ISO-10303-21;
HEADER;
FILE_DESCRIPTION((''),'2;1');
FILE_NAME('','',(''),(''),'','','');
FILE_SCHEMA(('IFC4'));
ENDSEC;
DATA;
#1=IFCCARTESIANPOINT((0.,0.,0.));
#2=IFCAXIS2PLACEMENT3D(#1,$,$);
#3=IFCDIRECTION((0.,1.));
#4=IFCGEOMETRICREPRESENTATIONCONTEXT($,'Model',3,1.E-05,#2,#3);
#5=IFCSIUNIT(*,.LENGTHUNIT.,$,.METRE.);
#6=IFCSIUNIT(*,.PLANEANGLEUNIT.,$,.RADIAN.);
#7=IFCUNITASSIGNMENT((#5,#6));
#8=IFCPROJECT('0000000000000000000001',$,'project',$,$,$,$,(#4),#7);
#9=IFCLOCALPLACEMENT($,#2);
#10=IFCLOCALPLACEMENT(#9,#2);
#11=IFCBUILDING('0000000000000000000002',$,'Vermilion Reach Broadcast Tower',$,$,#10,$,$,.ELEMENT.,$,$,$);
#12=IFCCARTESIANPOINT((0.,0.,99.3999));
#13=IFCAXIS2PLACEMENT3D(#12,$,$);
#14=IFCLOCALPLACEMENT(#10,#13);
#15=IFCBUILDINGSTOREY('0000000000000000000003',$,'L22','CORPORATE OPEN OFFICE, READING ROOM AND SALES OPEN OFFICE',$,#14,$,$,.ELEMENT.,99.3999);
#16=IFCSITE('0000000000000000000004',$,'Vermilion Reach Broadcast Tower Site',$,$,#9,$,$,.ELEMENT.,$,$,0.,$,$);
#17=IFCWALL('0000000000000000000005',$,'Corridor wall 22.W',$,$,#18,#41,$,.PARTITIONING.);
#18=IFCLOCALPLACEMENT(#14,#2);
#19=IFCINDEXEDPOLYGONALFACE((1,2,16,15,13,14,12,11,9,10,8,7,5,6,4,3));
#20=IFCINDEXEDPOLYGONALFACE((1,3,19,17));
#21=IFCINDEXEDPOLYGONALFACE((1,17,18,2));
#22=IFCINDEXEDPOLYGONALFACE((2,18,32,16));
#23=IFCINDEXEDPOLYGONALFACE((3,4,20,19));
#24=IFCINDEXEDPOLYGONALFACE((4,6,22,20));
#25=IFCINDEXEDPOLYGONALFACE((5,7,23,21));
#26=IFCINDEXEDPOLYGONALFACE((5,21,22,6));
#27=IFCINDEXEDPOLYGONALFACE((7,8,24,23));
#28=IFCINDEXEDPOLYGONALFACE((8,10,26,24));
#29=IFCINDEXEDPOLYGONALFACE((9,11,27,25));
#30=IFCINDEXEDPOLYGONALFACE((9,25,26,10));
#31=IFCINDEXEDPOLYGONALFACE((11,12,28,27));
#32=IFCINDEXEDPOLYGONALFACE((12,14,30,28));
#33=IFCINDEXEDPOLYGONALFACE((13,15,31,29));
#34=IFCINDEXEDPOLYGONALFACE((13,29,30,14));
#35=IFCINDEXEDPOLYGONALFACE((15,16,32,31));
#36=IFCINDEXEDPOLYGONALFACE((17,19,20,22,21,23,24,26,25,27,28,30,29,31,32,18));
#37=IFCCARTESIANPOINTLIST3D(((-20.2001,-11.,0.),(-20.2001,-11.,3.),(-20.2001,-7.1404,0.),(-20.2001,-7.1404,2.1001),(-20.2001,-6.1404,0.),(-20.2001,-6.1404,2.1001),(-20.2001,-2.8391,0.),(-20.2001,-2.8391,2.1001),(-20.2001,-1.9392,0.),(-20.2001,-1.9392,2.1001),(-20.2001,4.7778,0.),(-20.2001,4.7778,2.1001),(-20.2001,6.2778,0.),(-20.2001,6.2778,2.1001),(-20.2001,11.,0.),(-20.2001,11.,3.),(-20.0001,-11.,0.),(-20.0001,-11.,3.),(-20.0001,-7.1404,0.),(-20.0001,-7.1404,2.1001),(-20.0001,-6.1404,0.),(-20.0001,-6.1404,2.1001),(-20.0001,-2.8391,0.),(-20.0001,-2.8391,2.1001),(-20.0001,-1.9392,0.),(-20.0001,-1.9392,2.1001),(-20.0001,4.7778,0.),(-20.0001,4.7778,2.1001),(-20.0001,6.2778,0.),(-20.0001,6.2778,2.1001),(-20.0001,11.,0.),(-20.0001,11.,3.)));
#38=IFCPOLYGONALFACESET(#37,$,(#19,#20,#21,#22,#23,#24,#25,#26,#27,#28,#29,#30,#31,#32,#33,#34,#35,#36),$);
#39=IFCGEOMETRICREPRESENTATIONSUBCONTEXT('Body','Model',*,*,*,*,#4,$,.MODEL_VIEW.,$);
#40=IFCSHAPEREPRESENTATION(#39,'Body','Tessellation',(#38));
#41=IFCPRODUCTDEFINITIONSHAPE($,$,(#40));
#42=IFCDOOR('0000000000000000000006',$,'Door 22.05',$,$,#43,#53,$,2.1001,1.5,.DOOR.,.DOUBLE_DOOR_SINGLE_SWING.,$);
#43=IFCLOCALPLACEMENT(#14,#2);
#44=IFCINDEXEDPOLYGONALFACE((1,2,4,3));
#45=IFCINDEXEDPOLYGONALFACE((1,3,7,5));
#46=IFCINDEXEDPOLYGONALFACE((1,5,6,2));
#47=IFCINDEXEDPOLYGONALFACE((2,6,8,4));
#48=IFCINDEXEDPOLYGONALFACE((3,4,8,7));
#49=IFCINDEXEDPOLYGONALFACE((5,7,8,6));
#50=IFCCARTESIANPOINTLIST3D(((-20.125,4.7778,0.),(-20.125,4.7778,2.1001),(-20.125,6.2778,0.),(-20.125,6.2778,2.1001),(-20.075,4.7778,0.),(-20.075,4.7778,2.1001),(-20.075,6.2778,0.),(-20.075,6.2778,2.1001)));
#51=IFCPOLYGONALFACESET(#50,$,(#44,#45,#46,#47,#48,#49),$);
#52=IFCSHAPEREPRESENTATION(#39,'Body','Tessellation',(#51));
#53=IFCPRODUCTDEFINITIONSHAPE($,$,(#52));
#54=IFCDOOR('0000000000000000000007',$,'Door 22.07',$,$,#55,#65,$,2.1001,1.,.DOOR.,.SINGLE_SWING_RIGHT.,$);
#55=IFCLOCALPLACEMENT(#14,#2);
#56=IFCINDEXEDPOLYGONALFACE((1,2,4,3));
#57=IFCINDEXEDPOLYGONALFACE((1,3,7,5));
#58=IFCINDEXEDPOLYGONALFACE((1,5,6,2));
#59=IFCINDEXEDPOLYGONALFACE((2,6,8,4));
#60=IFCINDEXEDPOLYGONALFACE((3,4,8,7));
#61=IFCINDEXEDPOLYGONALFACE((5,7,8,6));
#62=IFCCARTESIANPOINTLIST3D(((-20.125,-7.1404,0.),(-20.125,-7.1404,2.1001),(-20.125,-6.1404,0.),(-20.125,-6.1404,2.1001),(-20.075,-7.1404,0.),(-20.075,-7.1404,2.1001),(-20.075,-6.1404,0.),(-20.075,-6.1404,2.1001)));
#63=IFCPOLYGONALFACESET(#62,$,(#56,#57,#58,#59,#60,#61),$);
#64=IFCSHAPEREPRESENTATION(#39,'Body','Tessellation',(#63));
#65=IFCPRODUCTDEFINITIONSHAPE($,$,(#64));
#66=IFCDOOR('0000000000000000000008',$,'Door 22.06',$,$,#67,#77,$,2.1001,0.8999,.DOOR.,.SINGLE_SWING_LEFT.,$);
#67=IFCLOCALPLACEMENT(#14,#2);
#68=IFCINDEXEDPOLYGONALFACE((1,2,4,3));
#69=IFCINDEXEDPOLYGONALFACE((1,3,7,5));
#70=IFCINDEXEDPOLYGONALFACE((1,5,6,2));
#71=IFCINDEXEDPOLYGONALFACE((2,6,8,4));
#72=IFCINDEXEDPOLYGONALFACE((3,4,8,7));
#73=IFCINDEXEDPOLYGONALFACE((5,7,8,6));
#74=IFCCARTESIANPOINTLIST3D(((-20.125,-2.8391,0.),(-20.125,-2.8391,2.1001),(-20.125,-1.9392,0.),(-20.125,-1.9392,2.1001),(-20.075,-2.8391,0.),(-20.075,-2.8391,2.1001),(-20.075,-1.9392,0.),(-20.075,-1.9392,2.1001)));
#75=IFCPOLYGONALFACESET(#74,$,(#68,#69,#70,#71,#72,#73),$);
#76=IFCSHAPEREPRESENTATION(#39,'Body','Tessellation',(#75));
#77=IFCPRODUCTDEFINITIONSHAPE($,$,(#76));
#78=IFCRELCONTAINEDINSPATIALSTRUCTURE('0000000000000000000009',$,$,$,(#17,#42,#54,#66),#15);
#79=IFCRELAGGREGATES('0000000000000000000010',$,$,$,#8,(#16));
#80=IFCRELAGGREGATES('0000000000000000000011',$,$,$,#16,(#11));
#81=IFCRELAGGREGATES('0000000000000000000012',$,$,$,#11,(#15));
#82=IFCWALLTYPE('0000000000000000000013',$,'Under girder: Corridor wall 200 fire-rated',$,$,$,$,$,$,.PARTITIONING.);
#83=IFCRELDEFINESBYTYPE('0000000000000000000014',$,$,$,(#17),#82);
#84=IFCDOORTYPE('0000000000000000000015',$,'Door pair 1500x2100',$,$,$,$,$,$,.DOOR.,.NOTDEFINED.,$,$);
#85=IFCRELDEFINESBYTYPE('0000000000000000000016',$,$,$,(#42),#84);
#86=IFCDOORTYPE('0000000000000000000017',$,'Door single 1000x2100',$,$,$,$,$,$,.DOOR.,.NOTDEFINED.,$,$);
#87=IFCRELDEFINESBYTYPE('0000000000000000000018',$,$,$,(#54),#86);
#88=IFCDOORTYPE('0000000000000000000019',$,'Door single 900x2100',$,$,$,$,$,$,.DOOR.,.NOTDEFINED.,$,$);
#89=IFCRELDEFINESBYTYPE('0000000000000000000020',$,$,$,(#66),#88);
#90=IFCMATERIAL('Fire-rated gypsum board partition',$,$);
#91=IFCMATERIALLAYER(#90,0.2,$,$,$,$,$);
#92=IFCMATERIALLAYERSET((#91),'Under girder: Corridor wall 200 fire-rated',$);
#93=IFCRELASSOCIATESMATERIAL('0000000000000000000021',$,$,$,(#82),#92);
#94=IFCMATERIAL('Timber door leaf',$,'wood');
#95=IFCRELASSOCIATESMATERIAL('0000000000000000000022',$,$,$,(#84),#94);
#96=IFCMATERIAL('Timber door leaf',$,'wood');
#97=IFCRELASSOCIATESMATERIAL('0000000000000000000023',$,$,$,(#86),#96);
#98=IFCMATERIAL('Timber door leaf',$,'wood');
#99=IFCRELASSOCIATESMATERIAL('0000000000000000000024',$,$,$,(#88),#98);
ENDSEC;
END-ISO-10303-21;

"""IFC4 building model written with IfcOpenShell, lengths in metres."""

from ifc_helpers import new_model, si_unit, direction, frame, frame_2d, origin, place, context, subcontext, project, spatial, rectangle, extrude, material, layer, layer_set, type_object, element, fill, save


model = new_model("IFC4")

# Units and contexts
model_context = context("Model", 3, precision=1e-05, world=origin(), true_north=direction((0.0, 1.0)))
body_context = subcontext(model_context, "Body", "Model", "MODEL_VIEW")
ifc_project = project(units=[si_unit("LENGTHUNIT", "METRE"), si_unit("PLANEANGLEUNIT", "RADIAN")], contexts=[model_context])

# Site, building, storey
site_placement = place(None, origin())
site = spatial("IfcSite", under=ifc_project, at=site_placement, Name="Vermilion Reach Broadcast Tower Site", CompositionType="ELEMENT", RefElevation=0.0)
building_placement = place(site_placement, origin())
building = spatial("IfcBuilding", under=site, at=building_placement, Name="Vermilion Reach Broadcast Tower", CompositionType="ELEMENT")
storey_placement = place(building_placement, frame((0.0, 0.0, 99.3999)))
storey = spatial("IfcBuildingStorey", under=building, at=storey_placement, Name="L22", Description="CORPORATE OPEN OFFICE, READING ROOM AND SALES OPEN OFFICE", CompositionType="ELEMENT", Elevation=99.3999)

# Wall, openings, doors
ifc_material_1 = material(Name="Fire-rated gypsum board partition")
ifc_layer_1 = layer(ifc_material_1, 0.2)
ifc_layer_set_1 = layer_set([ifc_layer_1], Name="Under girder: Corridor wall 200 fire-rated")
wall_type_1 = type_object("IfcWallType", Name="Under girder: Corridor wall 200 fire-rated", PredefinedType="PARTITIONING", material=ifc_layer_set_1)
wall_1_placement = place(storey_placement, frame((-20.1001, -11.0, 0.0), z_axis=(0.0, 0.0, 1.0), x_axis=(0.0, 1.0, 0.0)))
wall_1 = element("IfcWall", 1, at=wall_1_placement, inside=storey, type_object=wall_type_1, Name="Corridor wall 22.W", PredefinedType="PARTITIONING", context=body_context, shape_type="SweptSolid", body=[
    extrude(rectangle(XDim=22.0, YDim=0.2, at=frame_2d((11.0, 0.0))), origin(), (0.0, 0.0, 1.0), 3.0),
])
opening_1_placement = place(wall_1_placement, frame((15.7778, 0.0, 0.0)))
opening_1 = element("IfcOpeningElement", 2, at=opening_1_placement, cuts=wall_1, PredefinedType="OPENING", context=body_context, shape_type="SweptSolid", body=[
    extrude(rectangle(XDim=1.5, YDim=2.1001, at=frame_2d((0.75, 1.05))), frame((0.0, 0.1099, 0.0), z_axis=(0.0, -1.0, 0.0), x_axis=(1.0, 0.0, 0.0)), (0.0, 0.0, 1.0), 0.22),
])
opening_2_placement = place(wall_1_placement, frame((8.1609, 0.0, 0.0)))
opening_2 = element("IfcOpeningElement", 3, at=opening_2_placement, cuts=wall_1, PredefinedType="OPENING", context=body_context, shape_type="SweptSolid", body=[
    extrude(rectangle(XDim=0.8999, YDim=2.1001, at=frame_2d((0.45, 1.05))), frame((0.0, 0.1099, 0.0), z_axis=(0.0, -1.0, 0.0), x_axis=(1.0, 0.0, 0.0)), (0.0, 0.0, 1.0), 0.22),
])
opening_3_placement = place(wall_1_placement, frame((3.8596, 0.0, 0.0)))
opening_3 = element("IfcOpeningElement", 4, at=opening_3_placement, cuts=wall_1, PredefinedType="OPENING", context=body_context, shape_type="SweptSolid", body=[
    extrude(rectangle(XDim=1.0, YDim=2.1001, at=frame_2d((0.5, 1.05))), frame((0.0, 0.1099, 0.0), z_axis=(0.0, -1.0, 0.0), x_axis=(1.0, 0.0, 0.0)), (0.0, 0.0, 1.0), 0.22),
])
ifc_material_2 = material(Name="Timber door leaf", Category="wood")
door_type_1 = type_object("IfcDoorType", Name="Door pair 1500x2100", OperationType="NOTDEFINED", PredefinedType="DOOR", material=ifc_material_2)
door_1_placement = place(opening_1_placement, origin())
door_1 = element("IfcDoor", 5, at=door_1_placement, inside=storey, type_object=door_type_1, Name="Door 22.05", OperationType="DOUBLE_DOOR_SINGLE_SWING", OverallHeight=2.1001, OverallWidth=1.5, PredefinedType="DOOR", context=body_context, shape_type="SweptSolid", body=[
    extrude(rectangle(XDim=1.5, YDim=2.1001, at=frame_2d((0.75, 1.05))), frame((0.0, 0.0249, 0.0), z_axis=(0.0, -1.0, 0.0), x_axis=(1.0, 0.0, 0.0)), (0.0, 0.0, 1.0), 0.05),
])
fill(opening_1, door_1)
ifc_material_3 = material(Name="Timber door leaf", Category="wood")
door_type_2 = type_object("IfcDoorType", Name="Door single 1000x2100", OperationType="NOTDEFINED", PredefinedType="DOOR", material=ifc_material_3)
door_2_placement = place(opening_3_placement, origin())
door_2 = element("IfcDoor", 6, at=door_2_placement, inside=storey, type_object=door_type_2, Name="Door 22.07", OperationType="SINGLE_SWING_RIGHT", OverallHeight=2.1001, OverallWidth=1.0, PredefinedType="DOOR", context=body_context, shape_type="SweptSolid", body=[
    extrude(rectangle(XDim=1.0, YDim=2.1001, at=frame_2d((0.5, 1.05))), frame((0.0, 0.0249, 0.0), z_axis=(0.0, -1.0, 0.0), x_axis=(1.0, 0.0, 0.0)), (0.0, 0.0, 1.0), 0.05),
])
fill(opening_3, door_2)
ifc_material_4 = material(Name="Timber door leaf", Category="wood")
door_type_3 = type_object("IfcDoorType", Name="Door single 900x2100", OperationType="NOTDEFINED", PredefinedType="DOOR", material=ifc_material_4)
door_3_placement = place(opening_2_placement, origin())
door_3 = element("IfcDoor", 7, at=door_3_placement, inside=storey, type_object=door_type_3, Name="Door 22.06", OperationType="SINGLE_SWING_LEFT", OverallHeight=2.1001, OverallWidth=0.8999, PredefinedType="DOOR", context=body_context, shape_type="SweptSolid", body=[
    extrude(rectangle(XDim=0.8999, YDim=2.1001, at=frame_2d((0.45, 1.05))), frame((0.0, 0.0249, 0.0), z_axis=(0.0, -1.0, 0.0), x_axis=(1.0, 0.0, 0.0)), (0.0, 0.0, 1.0), 0.05),
])
fill(opening_2, door_3)

save(model, "model.ifc")
